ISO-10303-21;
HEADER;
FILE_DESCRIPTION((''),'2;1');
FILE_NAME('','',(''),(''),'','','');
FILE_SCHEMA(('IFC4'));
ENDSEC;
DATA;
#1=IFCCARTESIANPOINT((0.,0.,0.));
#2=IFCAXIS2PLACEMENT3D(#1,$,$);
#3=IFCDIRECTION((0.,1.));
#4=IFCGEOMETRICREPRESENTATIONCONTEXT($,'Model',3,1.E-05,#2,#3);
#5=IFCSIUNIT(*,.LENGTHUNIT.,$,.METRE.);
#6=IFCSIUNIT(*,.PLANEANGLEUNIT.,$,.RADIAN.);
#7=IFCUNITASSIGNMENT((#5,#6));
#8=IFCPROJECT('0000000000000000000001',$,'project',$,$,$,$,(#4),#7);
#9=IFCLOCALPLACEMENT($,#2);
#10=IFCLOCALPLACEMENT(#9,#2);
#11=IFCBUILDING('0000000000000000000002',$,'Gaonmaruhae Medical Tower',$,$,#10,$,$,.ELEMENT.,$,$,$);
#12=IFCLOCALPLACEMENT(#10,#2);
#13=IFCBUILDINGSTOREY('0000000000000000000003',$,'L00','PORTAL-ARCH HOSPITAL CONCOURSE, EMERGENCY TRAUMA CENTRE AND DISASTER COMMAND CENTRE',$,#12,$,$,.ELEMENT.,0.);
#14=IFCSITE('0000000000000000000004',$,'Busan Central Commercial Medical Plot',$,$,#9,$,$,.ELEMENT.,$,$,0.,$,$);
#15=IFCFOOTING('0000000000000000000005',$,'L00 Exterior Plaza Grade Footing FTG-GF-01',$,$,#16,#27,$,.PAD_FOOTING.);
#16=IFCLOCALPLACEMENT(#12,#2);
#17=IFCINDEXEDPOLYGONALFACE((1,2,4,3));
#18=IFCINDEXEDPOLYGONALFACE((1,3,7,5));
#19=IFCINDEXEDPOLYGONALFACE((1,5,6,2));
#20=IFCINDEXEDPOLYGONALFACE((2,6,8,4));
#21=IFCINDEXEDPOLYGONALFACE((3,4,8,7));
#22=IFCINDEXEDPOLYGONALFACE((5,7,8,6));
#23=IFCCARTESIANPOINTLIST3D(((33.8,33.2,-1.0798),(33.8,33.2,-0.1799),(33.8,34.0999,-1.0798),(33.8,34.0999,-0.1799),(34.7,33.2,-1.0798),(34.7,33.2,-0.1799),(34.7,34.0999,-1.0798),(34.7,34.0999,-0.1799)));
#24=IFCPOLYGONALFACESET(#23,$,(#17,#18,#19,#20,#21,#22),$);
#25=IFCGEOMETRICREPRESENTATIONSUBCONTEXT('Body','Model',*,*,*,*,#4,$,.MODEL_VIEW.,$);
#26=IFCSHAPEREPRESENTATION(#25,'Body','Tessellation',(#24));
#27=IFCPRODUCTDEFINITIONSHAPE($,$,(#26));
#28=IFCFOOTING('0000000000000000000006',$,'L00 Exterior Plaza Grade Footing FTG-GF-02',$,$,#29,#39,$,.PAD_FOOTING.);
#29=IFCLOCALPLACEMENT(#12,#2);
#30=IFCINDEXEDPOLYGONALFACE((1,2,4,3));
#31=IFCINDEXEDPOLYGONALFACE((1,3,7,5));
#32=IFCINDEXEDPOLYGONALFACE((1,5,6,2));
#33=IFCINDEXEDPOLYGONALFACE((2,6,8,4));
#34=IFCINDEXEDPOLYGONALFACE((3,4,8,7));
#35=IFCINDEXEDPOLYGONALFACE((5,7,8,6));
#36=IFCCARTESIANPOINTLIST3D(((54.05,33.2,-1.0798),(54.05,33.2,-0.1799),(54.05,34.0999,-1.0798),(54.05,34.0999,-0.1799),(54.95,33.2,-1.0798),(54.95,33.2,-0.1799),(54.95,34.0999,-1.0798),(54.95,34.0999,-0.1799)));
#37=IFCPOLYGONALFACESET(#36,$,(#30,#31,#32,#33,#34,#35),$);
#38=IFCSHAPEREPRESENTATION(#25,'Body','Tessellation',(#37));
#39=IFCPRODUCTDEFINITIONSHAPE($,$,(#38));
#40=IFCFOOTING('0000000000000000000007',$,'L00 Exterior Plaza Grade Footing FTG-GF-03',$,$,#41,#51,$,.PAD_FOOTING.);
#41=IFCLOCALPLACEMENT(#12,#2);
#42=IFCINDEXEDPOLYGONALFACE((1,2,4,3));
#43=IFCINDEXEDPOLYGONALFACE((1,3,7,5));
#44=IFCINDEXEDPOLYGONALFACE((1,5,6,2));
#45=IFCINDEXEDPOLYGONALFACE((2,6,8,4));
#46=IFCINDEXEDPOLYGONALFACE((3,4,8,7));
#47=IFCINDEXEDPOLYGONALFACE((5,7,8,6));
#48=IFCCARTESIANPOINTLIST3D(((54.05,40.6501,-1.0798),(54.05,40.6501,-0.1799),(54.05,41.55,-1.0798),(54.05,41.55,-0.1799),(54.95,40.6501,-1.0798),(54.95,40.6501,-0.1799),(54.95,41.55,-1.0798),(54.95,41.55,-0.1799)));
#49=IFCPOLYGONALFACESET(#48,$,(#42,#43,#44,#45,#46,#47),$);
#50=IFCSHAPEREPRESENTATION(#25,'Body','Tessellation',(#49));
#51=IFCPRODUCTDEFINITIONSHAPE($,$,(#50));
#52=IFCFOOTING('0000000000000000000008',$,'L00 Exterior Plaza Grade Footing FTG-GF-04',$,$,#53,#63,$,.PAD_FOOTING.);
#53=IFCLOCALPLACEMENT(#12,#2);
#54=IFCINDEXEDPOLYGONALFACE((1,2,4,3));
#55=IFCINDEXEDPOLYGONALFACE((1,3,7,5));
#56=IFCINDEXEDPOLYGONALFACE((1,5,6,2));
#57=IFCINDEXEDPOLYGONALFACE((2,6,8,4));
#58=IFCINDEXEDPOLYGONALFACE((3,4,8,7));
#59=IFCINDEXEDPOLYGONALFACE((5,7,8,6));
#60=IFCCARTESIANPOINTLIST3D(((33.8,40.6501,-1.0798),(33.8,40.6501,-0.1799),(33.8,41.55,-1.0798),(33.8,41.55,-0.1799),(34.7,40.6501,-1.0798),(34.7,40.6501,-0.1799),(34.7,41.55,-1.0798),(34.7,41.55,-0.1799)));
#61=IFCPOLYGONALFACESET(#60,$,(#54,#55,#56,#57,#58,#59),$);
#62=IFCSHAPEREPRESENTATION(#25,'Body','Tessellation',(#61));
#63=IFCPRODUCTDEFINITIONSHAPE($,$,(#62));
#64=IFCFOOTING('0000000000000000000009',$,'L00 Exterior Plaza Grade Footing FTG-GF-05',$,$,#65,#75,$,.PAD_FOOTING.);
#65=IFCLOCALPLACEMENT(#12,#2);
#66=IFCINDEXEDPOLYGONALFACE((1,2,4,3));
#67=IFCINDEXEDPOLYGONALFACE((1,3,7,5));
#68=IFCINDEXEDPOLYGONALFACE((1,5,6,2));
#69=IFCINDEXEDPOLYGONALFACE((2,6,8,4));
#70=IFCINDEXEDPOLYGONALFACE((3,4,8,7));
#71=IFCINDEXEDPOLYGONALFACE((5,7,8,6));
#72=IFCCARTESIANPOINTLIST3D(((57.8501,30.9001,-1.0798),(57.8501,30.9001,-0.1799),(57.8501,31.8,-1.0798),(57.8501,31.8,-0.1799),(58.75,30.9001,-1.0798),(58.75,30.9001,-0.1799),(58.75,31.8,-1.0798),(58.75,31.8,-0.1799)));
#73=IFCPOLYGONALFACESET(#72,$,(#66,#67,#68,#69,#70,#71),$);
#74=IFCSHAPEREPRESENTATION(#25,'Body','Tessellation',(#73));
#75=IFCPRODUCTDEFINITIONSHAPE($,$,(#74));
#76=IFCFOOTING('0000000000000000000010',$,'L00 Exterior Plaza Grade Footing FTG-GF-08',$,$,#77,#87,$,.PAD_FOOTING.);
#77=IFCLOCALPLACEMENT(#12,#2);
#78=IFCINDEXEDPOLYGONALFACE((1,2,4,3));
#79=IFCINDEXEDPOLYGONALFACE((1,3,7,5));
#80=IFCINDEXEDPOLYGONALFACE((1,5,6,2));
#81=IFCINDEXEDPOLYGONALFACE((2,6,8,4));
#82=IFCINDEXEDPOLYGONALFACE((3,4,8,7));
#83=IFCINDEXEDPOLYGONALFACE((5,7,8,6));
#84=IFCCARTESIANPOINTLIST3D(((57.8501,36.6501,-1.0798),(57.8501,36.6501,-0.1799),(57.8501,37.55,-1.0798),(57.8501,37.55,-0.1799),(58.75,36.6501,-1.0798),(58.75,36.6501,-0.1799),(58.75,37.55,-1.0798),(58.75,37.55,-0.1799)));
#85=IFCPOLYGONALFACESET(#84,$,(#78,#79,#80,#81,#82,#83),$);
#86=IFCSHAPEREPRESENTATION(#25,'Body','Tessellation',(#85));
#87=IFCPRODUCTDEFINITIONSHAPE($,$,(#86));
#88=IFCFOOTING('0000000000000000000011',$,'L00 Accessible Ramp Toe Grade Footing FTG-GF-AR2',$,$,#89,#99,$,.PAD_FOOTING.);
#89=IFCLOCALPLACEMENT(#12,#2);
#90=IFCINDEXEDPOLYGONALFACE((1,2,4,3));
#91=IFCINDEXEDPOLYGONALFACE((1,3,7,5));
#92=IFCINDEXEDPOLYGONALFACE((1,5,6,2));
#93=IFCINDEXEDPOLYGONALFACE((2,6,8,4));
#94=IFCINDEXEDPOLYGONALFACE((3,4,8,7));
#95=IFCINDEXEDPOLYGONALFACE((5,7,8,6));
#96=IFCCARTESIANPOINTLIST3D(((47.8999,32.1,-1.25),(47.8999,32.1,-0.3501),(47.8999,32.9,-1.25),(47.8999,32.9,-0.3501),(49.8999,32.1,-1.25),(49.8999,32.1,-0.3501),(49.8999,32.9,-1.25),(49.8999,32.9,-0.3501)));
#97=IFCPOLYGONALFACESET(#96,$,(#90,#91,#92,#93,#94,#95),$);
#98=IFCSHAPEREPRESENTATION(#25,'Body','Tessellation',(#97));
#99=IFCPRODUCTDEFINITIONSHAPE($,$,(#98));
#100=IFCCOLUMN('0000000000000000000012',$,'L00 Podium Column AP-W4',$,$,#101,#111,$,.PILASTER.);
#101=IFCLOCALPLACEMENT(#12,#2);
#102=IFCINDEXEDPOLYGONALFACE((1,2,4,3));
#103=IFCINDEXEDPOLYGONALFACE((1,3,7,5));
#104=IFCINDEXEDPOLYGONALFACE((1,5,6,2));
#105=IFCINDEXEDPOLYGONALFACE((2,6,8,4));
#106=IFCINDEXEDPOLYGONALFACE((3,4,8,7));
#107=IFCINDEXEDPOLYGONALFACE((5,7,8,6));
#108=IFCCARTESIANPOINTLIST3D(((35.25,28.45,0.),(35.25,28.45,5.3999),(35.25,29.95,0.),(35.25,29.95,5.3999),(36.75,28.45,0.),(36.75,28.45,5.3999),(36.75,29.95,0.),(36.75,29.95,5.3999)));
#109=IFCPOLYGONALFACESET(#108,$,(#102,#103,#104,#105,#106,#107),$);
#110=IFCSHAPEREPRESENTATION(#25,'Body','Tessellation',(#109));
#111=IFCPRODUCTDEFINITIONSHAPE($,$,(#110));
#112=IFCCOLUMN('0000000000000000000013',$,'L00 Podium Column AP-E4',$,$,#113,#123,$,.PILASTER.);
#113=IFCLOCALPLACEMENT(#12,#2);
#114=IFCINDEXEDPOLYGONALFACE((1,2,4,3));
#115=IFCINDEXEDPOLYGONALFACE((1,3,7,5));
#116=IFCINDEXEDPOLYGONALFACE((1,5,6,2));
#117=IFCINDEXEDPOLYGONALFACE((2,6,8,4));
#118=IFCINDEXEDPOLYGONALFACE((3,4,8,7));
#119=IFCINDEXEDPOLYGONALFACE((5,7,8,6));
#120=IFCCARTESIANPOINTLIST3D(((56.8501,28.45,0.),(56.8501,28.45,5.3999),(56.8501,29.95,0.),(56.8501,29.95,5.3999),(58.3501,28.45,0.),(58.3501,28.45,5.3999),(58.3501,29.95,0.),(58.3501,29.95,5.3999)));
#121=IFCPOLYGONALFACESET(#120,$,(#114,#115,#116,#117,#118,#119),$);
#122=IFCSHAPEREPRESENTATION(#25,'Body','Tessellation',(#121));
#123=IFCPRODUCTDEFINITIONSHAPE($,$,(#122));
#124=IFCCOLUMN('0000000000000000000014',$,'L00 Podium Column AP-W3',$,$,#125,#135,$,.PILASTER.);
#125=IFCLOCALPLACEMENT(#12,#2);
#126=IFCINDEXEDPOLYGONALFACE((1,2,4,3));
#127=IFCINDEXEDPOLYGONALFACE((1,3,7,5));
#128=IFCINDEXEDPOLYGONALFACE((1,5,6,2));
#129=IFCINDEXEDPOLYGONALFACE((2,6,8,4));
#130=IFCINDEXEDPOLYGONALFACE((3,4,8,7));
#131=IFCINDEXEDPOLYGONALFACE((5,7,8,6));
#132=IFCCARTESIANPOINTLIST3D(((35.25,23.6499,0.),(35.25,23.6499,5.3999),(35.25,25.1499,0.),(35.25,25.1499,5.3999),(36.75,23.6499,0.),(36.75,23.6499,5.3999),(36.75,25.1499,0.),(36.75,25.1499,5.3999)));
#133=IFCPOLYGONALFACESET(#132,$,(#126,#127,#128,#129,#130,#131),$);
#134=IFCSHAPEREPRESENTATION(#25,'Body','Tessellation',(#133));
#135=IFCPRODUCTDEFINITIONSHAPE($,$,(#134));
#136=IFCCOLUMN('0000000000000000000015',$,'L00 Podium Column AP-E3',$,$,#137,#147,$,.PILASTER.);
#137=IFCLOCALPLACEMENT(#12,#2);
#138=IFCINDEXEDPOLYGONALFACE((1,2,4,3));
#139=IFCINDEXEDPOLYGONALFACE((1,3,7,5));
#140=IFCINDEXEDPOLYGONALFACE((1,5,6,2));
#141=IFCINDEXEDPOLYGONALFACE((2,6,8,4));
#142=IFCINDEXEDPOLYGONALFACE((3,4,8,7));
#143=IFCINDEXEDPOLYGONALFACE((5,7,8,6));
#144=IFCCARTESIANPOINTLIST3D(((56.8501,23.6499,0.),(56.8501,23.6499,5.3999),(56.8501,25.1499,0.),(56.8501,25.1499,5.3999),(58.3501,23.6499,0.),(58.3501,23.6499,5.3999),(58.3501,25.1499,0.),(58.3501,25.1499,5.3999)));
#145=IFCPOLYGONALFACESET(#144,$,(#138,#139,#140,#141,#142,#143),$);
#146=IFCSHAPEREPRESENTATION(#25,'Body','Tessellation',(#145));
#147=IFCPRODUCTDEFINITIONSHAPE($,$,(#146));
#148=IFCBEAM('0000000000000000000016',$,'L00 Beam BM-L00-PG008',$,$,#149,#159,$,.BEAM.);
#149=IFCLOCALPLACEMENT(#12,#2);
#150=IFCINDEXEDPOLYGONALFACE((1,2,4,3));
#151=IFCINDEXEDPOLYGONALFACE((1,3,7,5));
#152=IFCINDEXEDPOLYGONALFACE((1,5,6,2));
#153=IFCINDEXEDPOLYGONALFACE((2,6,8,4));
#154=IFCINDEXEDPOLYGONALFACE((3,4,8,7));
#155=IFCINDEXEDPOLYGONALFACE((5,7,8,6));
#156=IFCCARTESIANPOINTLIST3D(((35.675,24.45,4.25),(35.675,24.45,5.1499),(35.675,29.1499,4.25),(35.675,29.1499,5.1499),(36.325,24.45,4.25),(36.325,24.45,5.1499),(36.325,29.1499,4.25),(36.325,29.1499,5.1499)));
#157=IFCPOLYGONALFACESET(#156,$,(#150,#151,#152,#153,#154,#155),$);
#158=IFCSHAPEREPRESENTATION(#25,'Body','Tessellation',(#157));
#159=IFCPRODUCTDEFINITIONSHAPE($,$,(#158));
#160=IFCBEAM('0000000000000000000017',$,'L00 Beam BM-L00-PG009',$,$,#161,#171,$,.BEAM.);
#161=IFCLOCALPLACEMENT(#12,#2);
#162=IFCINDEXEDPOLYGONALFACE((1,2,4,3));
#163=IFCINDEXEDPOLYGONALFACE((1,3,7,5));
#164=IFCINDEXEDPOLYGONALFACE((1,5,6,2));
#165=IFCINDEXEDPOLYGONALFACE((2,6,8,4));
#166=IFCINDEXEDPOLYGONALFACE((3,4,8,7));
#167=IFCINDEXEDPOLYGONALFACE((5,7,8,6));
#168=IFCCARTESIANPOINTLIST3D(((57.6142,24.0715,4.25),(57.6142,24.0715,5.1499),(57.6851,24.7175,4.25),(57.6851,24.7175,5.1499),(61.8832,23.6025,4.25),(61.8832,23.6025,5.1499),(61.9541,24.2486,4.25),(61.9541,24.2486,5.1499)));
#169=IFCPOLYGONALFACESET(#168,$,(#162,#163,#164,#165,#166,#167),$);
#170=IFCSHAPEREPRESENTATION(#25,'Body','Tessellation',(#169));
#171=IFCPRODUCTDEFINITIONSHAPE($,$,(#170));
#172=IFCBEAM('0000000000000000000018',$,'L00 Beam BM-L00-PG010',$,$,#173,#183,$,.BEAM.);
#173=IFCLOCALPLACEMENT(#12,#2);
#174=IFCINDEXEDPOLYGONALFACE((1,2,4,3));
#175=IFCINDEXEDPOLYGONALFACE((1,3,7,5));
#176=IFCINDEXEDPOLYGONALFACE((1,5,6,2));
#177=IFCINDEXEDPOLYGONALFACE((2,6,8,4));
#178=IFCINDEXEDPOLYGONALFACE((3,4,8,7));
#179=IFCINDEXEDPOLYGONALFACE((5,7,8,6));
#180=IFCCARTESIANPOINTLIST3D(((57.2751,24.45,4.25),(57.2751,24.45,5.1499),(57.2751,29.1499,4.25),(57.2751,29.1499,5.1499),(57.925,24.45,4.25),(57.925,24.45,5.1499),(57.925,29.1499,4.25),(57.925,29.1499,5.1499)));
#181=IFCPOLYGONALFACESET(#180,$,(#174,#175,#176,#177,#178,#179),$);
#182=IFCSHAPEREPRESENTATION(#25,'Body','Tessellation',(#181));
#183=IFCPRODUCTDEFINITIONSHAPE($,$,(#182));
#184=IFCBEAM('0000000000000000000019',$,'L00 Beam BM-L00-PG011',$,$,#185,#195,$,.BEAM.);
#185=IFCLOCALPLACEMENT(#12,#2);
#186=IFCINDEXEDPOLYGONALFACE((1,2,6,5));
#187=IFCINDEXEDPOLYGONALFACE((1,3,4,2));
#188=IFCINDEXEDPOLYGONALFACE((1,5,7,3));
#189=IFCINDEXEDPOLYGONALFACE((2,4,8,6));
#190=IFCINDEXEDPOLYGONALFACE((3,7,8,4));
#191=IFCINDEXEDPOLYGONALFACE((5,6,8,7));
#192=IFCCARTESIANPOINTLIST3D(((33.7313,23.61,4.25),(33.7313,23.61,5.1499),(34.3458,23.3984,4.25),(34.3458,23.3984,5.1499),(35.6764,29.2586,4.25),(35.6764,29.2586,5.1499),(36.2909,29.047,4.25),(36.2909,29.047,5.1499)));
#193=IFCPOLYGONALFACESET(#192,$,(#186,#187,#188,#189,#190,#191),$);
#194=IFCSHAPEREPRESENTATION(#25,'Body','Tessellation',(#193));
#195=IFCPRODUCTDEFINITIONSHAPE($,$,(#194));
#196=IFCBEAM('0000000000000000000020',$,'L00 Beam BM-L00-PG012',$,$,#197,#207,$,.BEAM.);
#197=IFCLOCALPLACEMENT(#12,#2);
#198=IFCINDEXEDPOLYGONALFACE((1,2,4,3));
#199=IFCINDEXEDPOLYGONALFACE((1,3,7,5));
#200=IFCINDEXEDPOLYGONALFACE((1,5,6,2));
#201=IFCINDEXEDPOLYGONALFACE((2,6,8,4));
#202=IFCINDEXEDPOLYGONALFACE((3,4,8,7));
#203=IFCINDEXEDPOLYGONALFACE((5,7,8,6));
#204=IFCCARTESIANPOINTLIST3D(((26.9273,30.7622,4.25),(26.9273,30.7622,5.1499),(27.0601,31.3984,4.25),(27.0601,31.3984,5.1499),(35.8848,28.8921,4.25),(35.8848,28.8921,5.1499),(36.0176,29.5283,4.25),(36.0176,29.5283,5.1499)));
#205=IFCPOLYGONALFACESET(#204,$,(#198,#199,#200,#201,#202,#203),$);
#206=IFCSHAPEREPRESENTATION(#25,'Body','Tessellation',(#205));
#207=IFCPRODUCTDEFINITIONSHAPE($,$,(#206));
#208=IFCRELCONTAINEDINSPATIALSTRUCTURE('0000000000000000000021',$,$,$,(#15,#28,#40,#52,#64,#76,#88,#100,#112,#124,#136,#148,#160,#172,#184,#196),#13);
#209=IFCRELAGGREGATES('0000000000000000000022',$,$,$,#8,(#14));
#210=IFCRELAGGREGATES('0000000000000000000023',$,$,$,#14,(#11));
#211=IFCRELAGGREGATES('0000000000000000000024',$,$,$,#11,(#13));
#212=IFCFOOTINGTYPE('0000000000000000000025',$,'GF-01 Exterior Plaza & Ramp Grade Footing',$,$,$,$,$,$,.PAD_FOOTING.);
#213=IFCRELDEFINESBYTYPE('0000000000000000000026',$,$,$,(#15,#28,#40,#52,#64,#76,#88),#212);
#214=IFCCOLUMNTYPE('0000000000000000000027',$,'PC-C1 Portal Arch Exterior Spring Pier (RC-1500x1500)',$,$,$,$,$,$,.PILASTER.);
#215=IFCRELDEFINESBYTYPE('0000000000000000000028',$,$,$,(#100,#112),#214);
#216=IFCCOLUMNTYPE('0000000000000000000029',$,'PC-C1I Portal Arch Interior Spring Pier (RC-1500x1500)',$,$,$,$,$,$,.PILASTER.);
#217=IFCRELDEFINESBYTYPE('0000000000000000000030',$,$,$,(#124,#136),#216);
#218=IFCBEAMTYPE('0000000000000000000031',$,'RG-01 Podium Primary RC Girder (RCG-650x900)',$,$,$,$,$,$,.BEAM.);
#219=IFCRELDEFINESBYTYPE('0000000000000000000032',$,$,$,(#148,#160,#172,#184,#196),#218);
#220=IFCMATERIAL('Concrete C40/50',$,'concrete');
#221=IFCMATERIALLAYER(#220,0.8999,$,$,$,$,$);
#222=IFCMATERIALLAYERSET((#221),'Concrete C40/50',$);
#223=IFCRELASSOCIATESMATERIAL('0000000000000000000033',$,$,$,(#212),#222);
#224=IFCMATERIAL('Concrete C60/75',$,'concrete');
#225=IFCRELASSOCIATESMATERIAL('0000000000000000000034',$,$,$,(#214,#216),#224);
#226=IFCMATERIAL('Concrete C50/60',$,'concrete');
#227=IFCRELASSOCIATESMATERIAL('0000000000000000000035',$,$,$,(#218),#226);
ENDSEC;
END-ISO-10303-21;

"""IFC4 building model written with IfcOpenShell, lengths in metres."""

from ifc_helpers import new_model, si_unit, direction, frame, origin, origin_2d, place, context, subcontext, project, spatial, rectangle, extrude, material, layer, layer_set, material_profile, profile_set, type_object, element, save


model = new_model("IFC4")

# Units and contexts
model_context = context("Model", 3, precision=1e-05, world=origin(), true_north=direction((0.0, 1.0)))
body_context = subcontext(model_context, "Body", "Model", "MODEL_VIEW")
ifc_project = project(units=[si_unit("LENGTHUNIT", "METRE"), si_unit("PLANEANGLEUNIT", "RADIAN")], contexts=[model_context])

# Site, building, storey
site_placement = place(None, origin())
site = spatial("IfcSite", under=ifc_project, at=site_placement, Name="Busan Central Commercial Medical Plot", CompositionType="ELEMENT", RefElevation=0.0)
building_placement = place(site_placement, origin())
building = spatial("IfcBuilding", under=site, at=building_placement, Name="Gaonmaruhae Medical Tower", CompositionType="ELEMENT")
storey_placement = place(building_placement, origin())
storey = spatial("IfcBuildingStorey", under=building, at=storey_placement, Name="L00", Description="PORTAL-ARCH HOSPITAL CONCOURSE, EMERGENCY TRAUMA CENTRE AND DISASTER COMMAND CENTRE", CompositionType="ELEMENT", Elevation=0.0)

# Footings
ifc_material_1 = material(Name="Concrete C40/50", Category="concrete")
ifc_layer_1 = layer(ifc_material_1, 0.8999)
ifc_layer_set_1 = layer_set([ifc_layer_1], Name="Concrete C40/50")
footing_type = type_object("IfcFootingType", Name="GF-01 Exterior Plaza & Ramp Grade Footing", PredefinedType="PAD_FOOTING", material=ifc_layer_set_1)
for number, where, z_axis, x_axis, name in (
    (1, (34.25, 33.6499, -1.0798), (0.0, 0.0, 1.0), (1.0, 0.0, 0.0), "L00 Exterior Plaza Grade Footing FTG-GF-01"),
    (2, (54.5, 33.6499, -1.0798), (0.0, 0.0, 1.0), (1.0, 0.0, 0.0), "L00 Exterior Plaza Grade Footing FTG-GF-02"),
    (3, (54.5, 41.1001, -1.0798), (0.0, 0.0, 1.0), (1.0, 0.0, 0.0), "L00 Exterior Plaza Grade Footing FTG-GF-03"),
    (4, (34.25, 41.1001, -1.0798), (0.0, 0.0, 1.0), (1.0, 0.0, 0.0), "L00 Exterior Plaza Grade Footing FTG-GF-04"),
    (5, (58.3, 31.3501, -1.0798), (0.0, 0.0, 1.0), (1.0, 0.0, 0.0), "L00 Exterior Plaza Grade Footing FTG-GF-05"),
    (6, (58.3, 37.1001, -1.0798), (0.0, 0.0, 1.0), (1.0, 0.0, 0.0), "L00 Exterior Plaza Grade Footing FTG-GF-08"),
):
    element("IfcFooting", number, at=place(storey_placement, frame(where, z_axis=z_axis, x_axis=x_axis)), inside=storey, type_object=footing_type, Name=name, PredefinedType="PAD_FOOTING", context=body_context, shape_type="SweptSolid", body=[
        extrude(rectangle(XDim=0.8999, YDim=0.8999, at=origin_2d()), origin(), (0.0, 0.0, 1.0), 0.8999),
    ])
footing_placement = place(storey_placement, frame((48.8999, 32.5, -1.25), z_axis=(0.0, 0.0, 1.0), x_axis=(1.0, 0.0, 0.0)))
element("IfcFooting", 7, at=footing_placement, inside=storey, type_object=footing_type, Name="L00 Accessible Ramp Toe Grade Footing FTG-GF-AR2", PredefinedType="PAD_FOOTING", context=body_context, shape_type="SweptSolid", body=[
    extrude(rectangle(XDim=2.0, YDim=0.8, at=origin_2d()), origin(), (0.0, 0.0, 1.0), 0.8999),
])

# Columns
ifc_material_2 = material(Name="Concrete C60/75", Category="concrete")
ifc_material_profile_1 = material_profile(ifc_material_2, rectangle(XDim=1.5, YDim=1.5, at=origin_2d()), Name="RC-1500x1500")
ifc_profile_set_1 = profile_set([ifc_material_profile_1], Name="Concrete C60/75")
column_type_1 = type_object("IfcColumnType", Name="PC-C1 Portal Arch Exterior Spring Pier (RC-1500x1500)", PredefinedType="PILASTER", material=ifc_profile_set_1)
for number, where, z_axis, x_axis, name in (
    (8, (36.0, 29.2, 0.0), (0.0, 0.0, 1.0), (1.0, 0.0, 0.0), "L00 Podium Column AP-W4"),
    (9, (57.6001, 29.2, 0.0), (0.0, 0.0, 1.0), (1.0, 0.0, 0.0), "L00 Podium Column AP-E4"),
):
    element("IfcColumn", number, at=place(storey_placement, frame(where, z_axis=z_axis, x_axis=x_axis)), inside=storey, type_object=column_type_1, Name=name, PredefinedType="PILASTER", context=body_context, shape_type="SweptSolid", body=[
        extrude(rectangle(XDim=1.5, YDim=1.5, at=origin_2d()), origin(), (0.0, 0.0, 1.0), 5.3999),
    ])
ifc_material_profile_2 = material_profile(ifc_material_2, rectangle(XDim=1.5, YDim=1.5, at=origin_2d()), Name="RC-1500x1500")
ifc_profile_set_2 = profile_set([ifc_material_profile_2], Name="Concrete C60/75")
column_type_2 = type_object("IfcColumnType", Name="PC-C1I Portal Arch Interior Spring Pier (RC-1500x1500)", PredefinedType="PILASTER", material=ifc_profile_set_2)
for number, where, z_axis, x_axis, name in (
    (10, (36.0, 24.3999, 0.0), (0.0, 0.0, 1.0), (1.0, 0.0, 0.0), "L00 Podium Column AP-W3"),
    (11, (57.6001, 24.3999, 0.0), (0.0, 0.0, 1.0), (1.0, 0.0, 0.0), "L00 Podium Column AP-E3"),
):
    element("IfcColumn", number, at=place(storey_placement, frame(where, z_axis=z_axis, x_axis=x_axis)), inside=storey, type_object=column_type_2, Name=name, PredefinedType="PILASTER", context=body_context, shape_type="SweptSolid", body=[
        extrude(rectangle(XDim=1.5, YDim=1.5, at=origin_2d()), origin(), (0.0, 0.0, 1.0), 5.3999),
    ])

# Beams
ifc_material_3 = material(Name="Concrete C50/60", Category="concrete")
ifc_material_profile_3 = material_profile(ifc_material_3, rectangle(XDim=0.6499, YDim=0.8999, at=origin_2d()), Name="RCG-650x900")
ifc_profile_set_3 = profile_set([ifc_material_profile_3], Name="Concrete C50/60")
beam_type = type_object("IfcBeamType", Name="RG-01 Podium Primary RC Girder (RCG-650x900)", PredefinedType="BEAM", material=ifc_profile_set_3)
beam_1_placement = place(storey_placement, frame((36.0, 24.45, 4.7), z_axis=(0.0, 1.0, 0.0), x_axis=(-1.0, 0.0, 0.0)))
element("IfcBeam", 12, at=beam_1_placement, inside=storey, type_object=beam_type, Name="L00 Beam BM-L00-PG008", PredefinedType="BEAM", context=body_context, shape_type="SweptSolid", body=[
    extrude(rectangle(XDim=0.6499, YDim=0.8999, at=origin_2d()), origin(), (0.0, 0.0, 1.0), 4.7),
])
beam_2_placement = place(storey_placement, frame((57.6497, 24.3945, 4.7), z_axis=(0.99402, -0.109202, 0.0), x_axis=(0.109202, 0.99402, 0.0)))
element("IfcBeam", 13, at=beam_2_placement, inside=storey, type_object=beam_type, Name="L00 Beam BM-L00-PG009", PredefinedType="BEAM", context=body_context, shape_type="SweptSolid", body=[
    extrude(rectangle(XDim=0.6499, YDim=0.8999, at=origin_2d()), origin(), (0.0, 0.0, 1.0), 4.2947),
])
beam_3_placement = place(storey_placement, frame((57.6001, 24.45, 4.7), z_axis=(0.0, 1.0, 0.0), x_axis=(-1.0, 0.0, 0.0)))
element("IfcBeam", 14, at=beam_3_placement, inside=storey, type_object=beam_type, Name="L00 Beam BM-L00-PG010", PredefinedType="BEAM", context=body_context, shape_type="SweptSolid", body=[
    extrude(rectangle(XDim=0.6499, YDim=0.8999, at=origin_2d()), origin(), (0.0, 0.0, 1.0), 4.7),
])
beam_4_placement = place(storey_placement, frame((35.9836, 29.1528, 4.7), z_axis=(-0.325579, -0.945515, 0.0), x_axis=(0.945515, -0.325579, 0.0)))
element("IfcBeam", 15, at=beam_4_placement, inside=storey, type_object=beam_type, Name="L00 Beam BM-L00-PG011", PredefinedType="BEAM", context=body_context, shape_type="SweptSolid", body=[
    extrude(rectangle(XDim=0.6499, YDim=0.8999, at=origin_2d()), origin(), (0.0, 0.0, 1.0), 5.9741),
])
beam_5_placement = place(storey_placement, frame((35.9512, 29.2102, 4.7), z_axis=(-0.978894, 0.20437, 0.0), x_axis=(-0.20437, -0.978894, 0.0)))
element("IfcBeam", 16, at=beam_5_placement, inside=storey, type_object=beam_type, Name="L00 Beam BM-L00-PG012", PredefinedType="BEAM", context=body_context, shape_type="SweptSolid", body=[
    extrude(rectangle(XDim=0.6499, YDim=0.8999, at=origin_2d()), origin(), (0.0, 0.0, 1.0), 9.1506),
])

save(model, "model.ifc")
